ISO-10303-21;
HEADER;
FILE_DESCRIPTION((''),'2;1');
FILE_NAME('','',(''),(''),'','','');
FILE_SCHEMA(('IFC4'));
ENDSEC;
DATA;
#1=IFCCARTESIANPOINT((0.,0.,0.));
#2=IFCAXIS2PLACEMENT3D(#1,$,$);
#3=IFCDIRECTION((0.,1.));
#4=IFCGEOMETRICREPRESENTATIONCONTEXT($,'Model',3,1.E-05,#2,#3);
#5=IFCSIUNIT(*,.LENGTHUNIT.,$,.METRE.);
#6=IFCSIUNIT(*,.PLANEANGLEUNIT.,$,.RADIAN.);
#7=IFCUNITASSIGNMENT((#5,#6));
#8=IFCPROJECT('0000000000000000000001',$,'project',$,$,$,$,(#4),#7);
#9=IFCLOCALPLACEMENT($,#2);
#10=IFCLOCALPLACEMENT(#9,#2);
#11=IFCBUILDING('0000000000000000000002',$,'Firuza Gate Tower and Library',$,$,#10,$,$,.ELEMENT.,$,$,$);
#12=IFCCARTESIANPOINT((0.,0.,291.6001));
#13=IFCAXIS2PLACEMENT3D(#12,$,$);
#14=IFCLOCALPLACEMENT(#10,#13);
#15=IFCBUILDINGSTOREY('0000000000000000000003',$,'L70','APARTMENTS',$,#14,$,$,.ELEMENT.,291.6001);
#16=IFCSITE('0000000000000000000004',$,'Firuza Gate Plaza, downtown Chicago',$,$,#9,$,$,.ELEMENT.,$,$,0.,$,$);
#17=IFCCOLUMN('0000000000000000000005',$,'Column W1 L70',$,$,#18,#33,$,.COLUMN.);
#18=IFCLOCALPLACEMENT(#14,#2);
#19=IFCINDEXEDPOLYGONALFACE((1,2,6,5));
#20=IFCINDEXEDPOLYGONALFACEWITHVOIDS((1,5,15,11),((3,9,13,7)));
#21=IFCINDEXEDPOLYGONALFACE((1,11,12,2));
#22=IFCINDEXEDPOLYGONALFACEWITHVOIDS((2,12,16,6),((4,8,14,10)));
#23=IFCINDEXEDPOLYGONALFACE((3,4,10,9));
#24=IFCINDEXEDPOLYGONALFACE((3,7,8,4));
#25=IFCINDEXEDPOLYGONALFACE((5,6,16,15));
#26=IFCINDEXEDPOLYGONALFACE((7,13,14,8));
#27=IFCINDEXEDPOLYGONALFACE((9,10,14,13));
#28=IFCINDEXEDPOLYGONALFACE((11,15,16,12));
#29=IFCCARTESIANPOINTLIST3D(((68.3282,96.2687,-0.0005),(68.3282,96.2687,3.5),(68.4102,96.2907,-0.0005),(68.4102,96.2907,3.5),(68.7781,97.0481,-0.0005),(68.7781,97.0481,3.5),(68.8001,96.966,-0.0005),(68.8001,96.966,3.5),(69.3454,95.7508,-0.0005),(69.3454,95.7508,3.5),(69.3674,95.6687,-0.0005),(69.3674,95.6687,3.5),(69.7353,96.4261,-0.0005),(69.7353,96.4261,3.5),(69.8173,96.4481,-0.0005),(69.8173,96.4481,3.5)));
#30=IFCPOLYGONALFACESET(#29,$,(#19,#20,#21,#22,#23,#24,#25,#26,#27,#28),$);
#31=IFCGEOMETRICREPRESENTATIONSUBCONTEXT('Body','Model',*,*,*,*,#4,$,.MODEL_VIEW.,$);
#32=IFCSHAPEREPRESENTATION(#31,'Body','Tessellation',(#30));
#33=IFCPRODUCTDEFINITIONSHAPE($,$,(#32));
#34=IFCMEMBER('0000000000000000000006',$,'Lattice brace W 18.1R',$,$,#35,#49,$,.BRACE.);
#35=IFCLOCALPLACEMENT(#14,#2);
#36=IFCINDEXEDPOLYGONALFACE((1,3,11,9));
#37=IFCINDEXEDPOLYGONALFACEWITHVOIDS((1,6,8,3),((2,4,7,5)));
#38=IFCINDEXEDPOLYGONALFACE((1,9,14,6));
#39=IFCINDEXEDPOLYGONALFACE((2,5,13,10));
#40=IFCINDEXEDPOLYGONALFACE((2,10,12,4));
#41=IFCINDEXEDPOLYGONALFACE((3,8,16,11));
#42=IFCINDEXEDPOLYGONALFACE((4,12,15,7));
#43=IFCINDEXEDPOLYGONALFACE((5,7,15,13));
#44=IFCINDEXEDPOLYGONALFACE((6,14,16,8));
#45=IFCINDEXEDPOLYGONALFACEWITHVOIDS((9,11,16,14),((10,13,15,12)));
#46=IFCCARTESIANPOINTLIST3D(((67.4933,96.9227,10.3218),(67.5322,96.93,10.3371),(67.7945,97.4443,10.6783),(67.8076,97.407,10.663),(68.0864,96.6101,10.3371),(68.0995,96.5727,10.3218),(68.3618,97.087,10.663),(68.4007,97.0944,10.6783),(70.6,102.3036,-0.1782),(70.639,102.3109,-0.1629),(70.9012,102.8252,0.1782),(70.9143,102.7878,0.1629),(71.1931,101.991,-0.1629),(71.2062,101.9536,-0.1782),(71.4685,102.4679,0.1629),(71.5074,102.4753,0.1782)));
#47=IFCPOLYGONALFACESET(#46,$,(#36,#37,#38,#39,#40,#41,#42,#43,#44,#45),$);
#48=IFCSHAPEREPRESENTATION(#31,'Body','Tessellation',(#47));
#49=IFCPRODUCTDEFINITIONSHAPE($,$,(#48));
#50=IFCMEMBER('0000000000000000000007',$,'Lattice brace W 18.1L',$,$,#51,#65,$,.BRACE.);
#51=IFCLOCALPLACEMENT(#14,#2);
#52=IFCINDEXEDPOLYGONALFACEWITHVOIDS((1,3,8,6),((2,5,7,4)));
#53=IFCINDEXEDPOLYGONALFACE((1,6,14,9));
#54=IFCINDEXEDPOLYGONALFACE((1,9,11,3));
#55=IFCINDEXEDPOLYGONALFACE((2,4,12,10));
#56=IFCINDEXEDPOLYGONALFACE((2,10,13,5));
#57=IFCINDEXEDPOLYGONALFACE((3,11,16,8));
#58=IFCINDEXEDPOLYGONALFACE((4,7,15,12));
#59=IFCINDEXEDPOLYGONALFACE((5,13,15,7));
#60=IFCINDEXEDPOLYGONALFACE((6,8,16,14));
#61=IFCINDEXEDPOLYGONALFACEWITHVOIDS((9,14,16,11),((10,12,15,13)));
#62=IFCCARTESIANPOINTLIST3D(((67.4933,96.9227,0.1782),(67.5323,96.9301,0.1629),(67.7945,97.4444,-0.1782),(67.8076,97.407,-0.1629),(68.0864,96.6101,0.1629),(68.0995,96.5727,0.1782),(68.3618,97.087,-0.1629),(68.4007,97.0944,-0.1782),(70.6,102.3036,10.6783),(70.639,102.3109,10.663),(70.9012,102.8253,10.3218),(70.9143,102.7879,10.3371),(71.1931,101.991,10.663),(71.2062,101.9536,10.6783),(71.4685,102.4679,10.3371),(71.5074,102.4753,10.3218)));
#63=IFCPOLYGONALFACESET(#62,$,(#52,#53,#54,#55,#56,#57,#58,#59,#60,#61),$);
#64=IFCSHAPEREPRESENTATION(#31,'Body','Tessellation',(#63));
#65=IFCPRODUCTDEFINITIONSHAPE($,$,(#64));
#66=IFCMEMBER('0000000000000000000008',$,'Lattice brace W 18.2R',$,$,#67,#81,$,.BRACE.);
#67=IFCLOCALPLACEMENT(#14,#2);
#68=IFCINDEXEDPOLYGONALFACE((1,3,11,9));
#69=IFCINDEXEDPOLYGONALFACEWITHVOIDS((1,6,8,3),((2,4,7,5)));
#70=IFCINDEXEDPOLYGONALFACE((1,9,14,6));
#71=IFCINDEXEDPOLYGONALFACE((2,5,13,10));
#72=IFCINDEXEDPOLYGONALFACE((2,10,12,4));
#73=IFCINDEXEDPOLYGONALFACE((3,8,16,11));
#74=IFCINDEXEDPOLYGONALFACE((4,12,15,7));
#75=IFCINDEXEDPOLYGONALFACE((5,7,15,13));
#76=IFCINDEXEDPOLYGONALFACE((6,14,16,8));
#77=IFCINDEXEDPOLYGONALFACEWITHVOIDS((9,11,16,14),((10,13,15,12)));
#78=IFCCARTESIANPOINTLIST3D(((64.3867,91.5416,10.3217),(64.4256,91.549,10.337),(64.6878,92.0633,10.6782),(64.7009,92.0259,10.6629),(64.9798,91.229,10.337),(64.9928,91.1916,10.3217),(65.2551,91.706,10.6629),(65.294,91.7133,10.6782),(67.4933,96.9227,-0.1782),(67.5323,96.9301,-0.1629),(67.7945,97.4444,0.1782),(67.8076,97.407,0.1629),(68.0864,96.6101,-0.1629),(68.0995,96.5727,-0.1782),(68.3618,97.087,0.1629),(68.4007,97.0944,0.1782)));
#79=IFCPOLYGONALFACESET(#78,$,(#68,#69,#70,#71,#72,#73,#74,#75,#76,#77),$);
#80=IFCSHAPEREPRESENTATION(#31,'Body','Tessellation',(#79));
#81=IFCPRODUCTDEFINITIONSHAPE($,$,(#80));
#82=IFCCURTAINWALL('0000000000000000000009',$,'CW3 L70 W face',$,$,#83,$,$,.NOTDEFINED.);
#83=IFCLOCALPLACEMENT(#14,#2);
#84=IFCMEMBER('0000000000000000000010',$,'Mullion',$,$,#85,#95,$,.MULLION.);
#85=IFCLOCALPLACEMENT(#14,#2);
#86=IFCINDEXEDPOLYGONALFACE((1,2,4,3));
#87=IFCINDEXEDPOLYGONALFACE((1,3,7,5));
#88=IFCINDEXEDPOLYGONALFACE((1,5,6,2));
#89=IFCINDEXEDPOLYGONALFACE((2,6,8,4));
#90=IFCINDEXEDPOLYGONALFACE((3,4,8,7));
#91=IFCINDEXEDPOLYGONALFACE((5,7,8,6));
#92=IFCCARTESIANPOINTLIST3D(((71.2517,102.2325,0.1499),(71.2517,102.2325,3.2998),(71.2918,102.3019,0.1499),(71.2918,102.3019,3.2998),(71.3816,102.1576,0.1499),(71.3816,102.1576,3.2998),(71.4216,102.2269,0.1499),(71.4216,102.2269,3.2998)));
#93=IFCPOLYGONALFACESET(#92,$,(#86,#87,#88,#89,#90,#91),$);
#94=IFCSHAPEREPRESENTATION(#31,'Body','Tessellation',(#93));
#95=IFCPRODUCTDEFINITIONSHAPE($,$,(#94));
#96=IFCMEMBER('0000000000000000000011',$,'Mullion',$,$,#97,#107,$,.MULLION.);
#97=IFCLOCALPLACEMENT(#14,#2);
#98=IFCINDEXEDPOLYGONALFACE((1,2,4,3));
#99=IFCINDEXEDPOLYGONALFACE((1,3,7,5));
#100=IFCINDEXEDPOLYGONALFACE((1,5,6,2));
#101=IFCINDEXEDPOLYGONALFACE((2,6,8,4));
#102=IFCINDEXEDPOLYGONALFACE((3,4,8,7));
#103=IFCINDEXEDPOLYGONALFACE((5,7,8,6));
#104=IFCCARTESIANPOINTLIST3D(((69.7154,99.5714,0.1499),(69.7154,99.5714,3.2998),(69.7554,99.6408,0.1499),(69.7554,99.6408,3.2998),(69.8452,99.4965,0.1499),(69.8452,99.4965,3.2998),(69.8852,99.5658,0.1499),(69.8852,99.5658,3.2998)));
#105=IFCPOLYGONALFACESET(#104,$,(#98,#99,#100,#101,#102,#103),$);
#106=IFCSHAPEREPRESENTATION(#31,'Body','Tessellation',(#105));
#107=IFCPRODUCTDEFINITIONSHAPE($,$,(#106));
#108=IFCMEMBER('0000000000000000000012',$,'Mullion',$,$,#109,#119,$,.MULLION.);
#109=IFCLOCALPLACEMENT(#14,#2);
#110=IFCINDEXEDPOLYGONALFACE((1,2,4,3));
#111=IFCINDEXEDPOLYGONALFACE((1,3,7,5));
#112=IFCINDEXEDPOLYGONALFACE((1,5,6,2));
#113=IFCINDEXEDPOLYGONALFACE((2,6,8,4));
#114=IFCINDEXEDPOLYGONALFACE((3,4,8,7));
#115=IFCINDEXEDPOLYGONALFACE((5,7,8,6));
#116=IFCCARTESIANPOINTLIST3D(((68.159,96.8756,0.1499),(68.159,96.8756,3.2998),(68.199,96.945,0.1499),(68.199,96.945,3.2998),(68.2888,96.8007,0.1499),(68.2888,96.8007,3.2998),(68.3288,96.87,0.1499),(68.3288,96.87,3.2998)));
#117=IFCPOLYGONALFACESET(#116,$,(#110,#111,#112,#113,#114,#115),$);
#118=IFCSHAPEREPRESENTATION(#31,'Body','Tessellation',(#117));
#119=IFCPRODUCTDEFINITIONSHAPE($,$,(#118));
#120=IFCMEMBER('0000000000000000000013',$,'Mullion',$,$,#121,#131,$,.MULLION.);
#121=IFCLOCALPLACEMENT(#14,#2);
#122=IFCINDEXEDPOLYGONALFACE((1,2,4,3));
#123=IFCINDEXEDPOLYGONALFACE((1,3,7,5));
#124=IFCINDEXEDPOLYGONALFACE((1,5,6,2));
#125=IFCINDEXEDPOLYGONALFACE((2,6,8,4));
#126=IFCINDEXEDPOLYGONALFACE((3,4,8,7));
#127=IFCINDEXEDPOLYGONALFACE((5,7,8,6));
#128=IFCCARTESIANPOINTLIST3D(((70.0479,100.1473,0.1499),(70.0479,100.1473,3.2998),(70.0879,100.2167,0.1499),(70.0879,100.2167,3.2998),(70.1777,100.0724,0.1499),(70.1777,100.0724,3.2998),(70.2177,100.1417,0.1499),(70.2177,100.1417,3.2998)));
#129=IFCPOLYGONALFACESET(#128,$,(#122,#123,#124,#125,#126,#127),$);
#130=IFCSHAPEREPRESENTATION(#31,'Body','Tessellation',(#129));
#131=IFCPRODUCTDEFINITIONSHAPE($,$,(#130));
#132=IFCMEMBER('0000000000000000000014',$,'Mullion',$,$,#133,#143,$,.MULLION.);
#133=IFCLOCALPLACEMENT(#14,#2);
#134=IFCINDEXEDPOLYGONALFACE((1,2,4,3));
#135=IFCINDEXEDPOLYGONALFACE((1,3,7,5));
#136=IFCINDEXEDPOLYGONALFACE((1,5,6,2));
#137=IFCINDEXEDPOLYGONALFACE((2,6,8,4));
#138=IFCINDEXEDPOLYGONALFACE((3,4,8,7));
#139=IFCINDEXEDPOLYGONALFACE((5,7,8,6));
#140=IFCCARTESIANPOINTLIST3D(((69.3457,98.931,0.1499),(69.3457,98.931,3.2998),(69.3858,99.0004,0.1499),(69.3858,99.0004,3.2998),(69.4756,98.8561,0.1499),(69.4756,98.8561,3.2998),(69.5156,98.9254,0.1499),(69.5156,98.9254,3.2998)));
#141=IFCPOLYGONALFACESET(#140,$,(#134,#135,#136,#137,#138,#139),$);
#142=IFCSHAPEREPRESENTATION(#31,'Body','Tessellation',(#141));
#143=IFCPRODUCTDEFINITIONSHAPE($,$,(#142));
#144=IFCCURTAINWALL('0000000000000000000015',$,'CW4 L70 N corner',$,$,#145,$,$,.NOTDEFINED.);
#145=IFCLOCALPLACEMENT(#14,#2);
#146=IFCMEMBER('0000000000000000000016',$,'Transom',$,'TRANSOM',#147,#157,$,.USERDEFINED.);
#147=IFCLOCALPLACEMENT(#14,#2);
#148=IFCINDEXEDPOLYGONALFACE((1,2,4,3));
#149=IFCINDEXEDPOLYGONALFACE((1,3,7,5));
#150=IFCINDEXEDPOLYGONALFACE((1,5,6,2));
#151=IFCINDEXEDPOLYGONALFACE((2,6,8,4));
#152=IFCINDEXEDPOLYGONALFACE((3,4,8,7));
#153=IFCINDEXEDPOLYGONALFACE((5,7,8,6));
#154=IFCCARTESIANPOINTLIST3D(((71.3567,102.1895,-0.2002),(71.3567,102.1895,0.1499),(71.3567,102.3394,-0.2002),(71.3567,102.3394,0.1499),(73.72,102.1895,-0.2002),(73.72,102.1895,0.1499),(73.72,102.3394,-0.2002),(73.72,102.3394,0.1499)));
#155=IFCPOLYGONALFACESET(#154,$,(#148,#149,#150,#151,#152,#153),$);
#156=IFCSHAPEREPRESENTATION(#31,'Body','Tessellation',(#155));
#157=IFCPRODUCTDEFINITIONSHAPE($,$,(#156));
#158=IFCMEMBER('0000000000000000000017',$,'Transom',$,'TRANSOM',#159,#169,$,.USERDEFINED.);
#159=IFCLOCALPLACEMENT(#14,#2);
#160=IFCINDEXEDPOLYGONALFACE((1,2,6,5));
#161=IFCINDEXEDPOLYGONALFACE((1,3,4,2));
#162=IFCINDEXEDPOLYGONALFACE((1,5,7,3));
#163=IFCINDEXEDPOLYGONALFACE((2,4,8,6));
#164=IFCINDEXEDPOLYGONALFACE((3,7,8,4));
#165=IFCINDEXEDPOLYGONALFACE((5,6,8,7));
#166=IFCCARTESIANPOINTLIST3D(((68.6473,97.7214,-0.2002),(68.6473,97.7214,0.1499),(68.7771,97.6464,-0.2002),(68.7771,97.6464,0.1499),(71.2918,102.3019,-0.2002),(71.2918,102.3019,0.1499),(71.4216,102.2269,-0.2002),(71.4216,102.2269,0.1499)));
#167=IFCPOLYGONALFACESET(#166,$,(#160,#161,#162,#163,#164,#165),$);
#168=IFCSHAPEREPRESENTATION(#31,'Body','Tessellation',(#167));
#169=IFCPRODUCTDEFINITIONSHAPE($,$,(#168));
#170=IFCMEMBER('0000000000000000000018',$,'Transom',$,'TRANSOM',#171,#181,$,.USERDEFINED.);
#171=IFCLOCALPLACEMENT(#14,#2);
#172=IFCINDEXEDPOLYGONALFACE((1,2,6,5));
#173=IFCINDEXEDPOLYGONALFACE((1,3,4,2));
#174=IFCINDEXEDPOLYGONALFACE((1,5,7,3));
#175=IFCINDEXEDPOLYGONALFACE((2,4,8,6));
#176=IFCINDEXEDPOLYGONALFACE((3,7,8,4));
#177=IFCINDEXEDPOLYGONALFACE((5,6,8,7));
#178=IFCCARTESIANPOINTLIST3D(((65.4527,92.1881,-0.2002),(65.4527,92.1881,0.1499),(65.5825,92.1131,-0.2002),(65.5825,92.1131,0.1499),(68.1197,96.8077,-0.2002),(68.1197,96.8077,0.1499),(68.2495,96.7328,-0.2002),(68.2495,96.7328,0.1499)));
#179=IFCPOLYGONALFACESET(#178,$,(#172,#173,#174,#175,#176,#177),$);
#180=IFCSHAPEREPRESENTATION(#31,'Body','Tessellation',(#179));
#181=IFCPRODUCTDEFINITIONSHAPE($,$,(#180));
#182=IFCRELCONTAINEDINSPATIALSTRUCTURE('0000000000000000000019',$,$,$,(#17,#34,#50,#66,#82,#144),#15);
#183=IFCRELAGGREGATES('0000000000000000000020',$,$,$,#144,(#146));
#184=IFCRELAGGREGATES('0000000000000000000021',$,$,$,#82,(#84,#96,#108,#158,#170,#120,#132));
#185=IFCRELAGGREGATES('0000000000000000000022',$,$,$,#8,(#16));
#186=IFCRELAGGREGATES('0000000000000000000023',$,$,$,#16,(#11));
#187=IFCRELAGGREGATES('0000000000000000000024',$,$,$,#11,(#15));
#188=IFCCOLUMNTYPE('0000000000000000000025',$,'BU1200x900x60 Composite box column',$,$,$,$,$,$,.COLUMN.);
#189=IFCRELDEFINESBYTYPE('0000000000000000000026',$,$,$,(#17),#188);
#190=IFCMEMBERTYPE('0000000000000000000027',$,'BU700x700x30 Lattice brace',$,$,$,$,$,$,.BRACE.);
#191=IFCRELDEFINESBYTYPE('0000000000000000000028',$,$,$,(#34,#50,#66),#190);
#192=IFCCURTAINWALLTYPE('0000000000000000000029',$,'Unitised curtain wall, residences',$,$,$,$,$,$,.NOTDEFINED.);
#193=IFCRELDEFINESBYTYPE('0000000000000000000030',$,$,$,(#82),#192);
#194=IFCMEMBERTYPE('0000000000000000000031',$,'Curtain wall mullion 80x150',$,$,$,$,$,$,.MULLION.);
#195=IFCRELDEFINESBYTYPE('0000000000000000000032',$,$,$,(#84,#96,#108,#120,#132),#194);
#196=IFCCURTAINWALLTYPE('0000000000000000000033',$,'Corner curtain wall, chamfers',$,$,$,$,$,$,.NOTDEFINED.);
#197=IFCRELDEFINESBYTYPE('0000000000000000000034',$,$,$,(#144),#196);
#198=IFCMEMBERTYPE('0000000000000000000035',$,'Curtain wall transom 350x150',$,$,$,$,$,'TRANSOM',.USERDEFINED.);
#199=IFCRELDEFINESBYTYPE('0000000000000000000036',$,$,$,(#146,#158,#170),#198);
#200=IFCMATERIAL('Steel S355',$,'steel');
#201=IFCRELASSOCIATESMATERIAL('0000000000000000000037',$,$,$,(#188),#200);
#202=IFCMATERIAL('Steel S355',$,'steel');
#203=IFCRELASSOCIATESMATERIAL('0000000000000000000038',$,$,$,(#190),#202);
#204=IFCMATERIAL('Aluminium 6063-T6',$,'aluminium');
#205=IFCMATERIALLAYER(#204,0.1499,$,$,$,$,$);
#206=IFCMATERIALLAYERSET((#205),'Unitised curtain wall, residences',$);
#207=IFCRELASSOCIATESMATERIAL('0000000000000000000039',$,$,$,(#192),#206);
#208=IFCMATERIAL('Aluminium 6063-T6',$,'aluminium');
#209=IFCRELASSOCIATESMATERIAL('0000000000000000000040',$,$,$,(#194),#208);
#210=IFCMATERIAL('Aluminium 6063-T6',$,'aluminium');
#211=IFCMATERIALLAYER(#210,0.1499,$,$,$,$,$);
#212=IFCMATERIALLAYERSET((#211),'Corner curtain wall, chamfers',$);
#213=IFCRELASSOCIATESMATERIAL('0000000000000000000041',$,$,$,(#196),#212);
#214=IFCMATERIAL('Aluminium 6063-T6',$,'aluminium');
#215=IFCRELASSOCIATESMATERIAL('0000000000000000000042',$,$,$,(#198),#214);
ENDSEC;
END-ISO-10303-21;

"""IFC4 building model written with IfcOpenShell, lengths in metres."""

from ifc_helpers import new_model, si_unit, direction, frame, origin, origin_2d, place, context, subcontext, project, spatial, rectangle, hollow_rectangle, extrude, material, layer, layer_set, material_profile, profile_set, type_object, element, aggregate, save


model = new_model("IFC4")

# Units and contexts
model_context = context("Model", 3, precision=1e-05, world=origin(), true_north=direction((0.0, 1.0)))
body_context = subcontext(model_context, "Body", "Model", "MODEL_VIEW")
ifc_project = project(units=[si_unit("LENGTHUNIT", "METRE"), si_unit("PLANEANGLEUNIT", "RADIAN")], contexts=[model_context])

# Site, building, storey
site_placement = place(None, origin())
site = spatial("IfcSite", under=ifc_project, at=site_placement, Name="Firuza Gate Plaza, downtown Chicago", CompositionType="ELEMENT", RefElevation=0.0)
building_placement = place(site_placement, origin())
building = spatial("IfcBuilding", under=site, at=building_placement, Name="Firuza Gate Tower and Library", CompositionType="ELEMENT")
storey_placement = place(building_placement, frame((0.0, 0.0, 291.6001)))
storey = spatial("IfcBuildingStorey", under=building, at=storey_placement, Name="L70", Description="APARTMENTS", CompositionType="ELEMENT", Elevation=291.6001)

# Column
ifc_material_1 = material(Name="Steel S355", Category="steel")
ifc_material_profile_1 = material_profile(ifc_material_1, hollow_rectangle(XDim=0.8999, YDim=1.2, WallThickness=0.0601, at=origin_2d()))
ifc_profile_set_1 = profile_set([ifc_material_profile_1], Name="Steel S355")
column_type = type_object("IfcColumnType", Name="BU1200x900x60 Composite box column", PredefinedType="COLUMN", material=ifc_profile_set_1)
column_placement = place(storey_placement, frame((69.0728, 96.3584, -0.0005), z_axis=(0.0, 0.0, 1.0), x_axis=(-0.5, -0.866025, 0.0)))
element("IfcColumn", 1, at=column_placement, inside=storey, type_object=column_type, Name="Column W1 L70", PredefinedType="COLUMN", context=body_context, shape_type="SweptSolid", body=[
    extrude(hollow_rectangle(XDim=0.8999, YDim=1.2, WallThickness=0.0601, at=origin_2d()), origin(), (0.0, 0.0, 1.0), 3.5005),
])

# Members
ifc_material_2 = material(Name="Steel S355", Category="steel")
ifc_material_profile_2 = material_profile(ifc_material_2, hollow_rectangle(XDim=0.7, YDim=0.7, WallThickness=0.03, at=origin_2d()))
ifc_profile_set_2 = profile_set([ifc_material_profile_2], Name="Steel S355")
member_type_1 = type_object("IfcMemberType", Name="BU700x700x30 Lattice brace", PredefinedType="BRACE", material=ifc_profile_set_2)
for number, where, z_axis, x_axis, name in (
    (2, (71.0537, 102.3894, 0.0), (-0.254634, -0.441032, 0.860612), (0.866022, -0.500006, 0.0), "Lattice brace W 18.1R"),
    (3, (67.947, 97.0085, 0.0), (0.254634, 0.441032, 0.860612), (-0.866022, 0.500006, 0.0), "Lattice brace W 18.1L"),
    (4, (67.947, 97.0085, 0.0), (-0.254631, -0.441048, 0.860604), (0.866032, -0.499989, 0.0), "Lattice brace W 18.2R"),
):
    element("IfcMember", number, at=place(storey_placement, frame(where, z_axis=z_axis, x_axis=x_axis)), inside=storey, type_object=member_type_1, Name=name, PredefinedType="BRACE", context=body_context, shape_type="SweptSolid", body=[
        extrude(hollow_rectangle(XDim=0.7, YDim=0.7, WallThickness=0.03, at=origin_2d()), origin(), (0.0, 0.0, 1.0), 12.2007),
    ])

# Curtain wall, members
ifc_material_3 = material(Name="Aluminium 6063-T6", Category="aluminium")
ifc_layer_1 = layer(ifc_material_3, 0.1499)
ifc_layer_set_1 = layer_set([ifc_layer_1], Name="Unitised curtain wall, residences")
curtain_wall_type_1 = type_object("IfcCurtainWallType", Name="Unitised curtain wall, residences", PredefinedType="NOTDEFINED", material=ifc_layer_set_1)
placement = place(storey_placement, origin())
curtain_wall_1 = element("IfcCurtainWall", 5, at=placement, inside=storey, type_object=curtain_wall_type_1, Name="CW3 L70 W face", PredefinedType="NOTDEFINED")
ifc_material_4 = material(Name="Aluminium 6063-T6", Category="aluminium")
ifc_material_profile_3 = material_profile(ifc_material_4, rectangle(XDim=0.1499, YDim=0.0801, at=origin_2d()))
ifc_profile_set_3 = profile_set([ifc_material_profile_3], Name="Aluminium 6063-T6")
member_type_2 = type_object("IfcMemberType", Name="Curtain wall mullion 80x150", PredefinedType="MULLION", material=ifc_profile_set_3)
member_1_placement = place(storey_placement, frame((71.3367, 102.2297, 0.1499), z_axis=(0.0, 0.0, 1.0), x_axis=(0.866025, -0.5, 0.0)))
member_1 = element("IfcMember", 6, at=member_1_placement, type_object=member_type_2, Name="Mullion", PredefinedType="MULLION", context=body_context, shape_type="SweptSolid", body=[
    extrude(rectangle(XDim=0.1499, YDim=0.0801, at=origin_2d()), origin(), (0.0, 0.0, 1.0), 3.1499),
])
member_2_placement = place(storey_placement, frame((69.8003, 99.5686, 0.1499), z_axis=(0.0, 0.0, 1.0), x_axis=(0.866025, -0.5, 0.0)))
member_2 = element("IfcMember", 7, at=member_2_placement, type_object=member_type_2, Name="Mullion", PredefinedType="MULLION", context=body_context, shape_type="SweptSolid", body=[
    extrude(rectangle(XDim=0.1499, YDim=0.0801, at=origin_2d()), origin(), (0.0, 0.0, 1.0), 3.1499),
])
member_3_placement = place(storey_placement, frame((68.2439, 96.8728, 0.1499), z_axis=(0.0, 0.0, 1.0), x_axis=(0.866025, -0.5, 0.0)))
member_3 = element("IfcMember", 8, at=member_3_placement, type_object=member_type_2, Name="Mullion", PredefinedType="MULLION", context=body_context, shape_type="SweptSolid", body=[
    extrude(rectangle(XDim=0.1499, YDim=0.0801, at=origin_2d()), origin(), (0.0, 0.0, 1.0), 3.1499),
])
member_4_placement = place(storey_placement, frame((70.1328, 100.1445, 0.1499), z_axis=(0.0, 0.0, 1.0), x_axis=(0.866025, -0.5, 0.0)))
member_4 = element("IfcMember", 9, at=member_4_placement, type_object=member_type_2, Name="Mullion", PredefinedType="MULLION", context=body_context, shape_type="SweptSolid", body=[
    extrude(rectangle(XDim=0.1499, YDim=0.0801, at=origin_2d()), origin(), (0.0, 0.0, 1.0), 3.1499),
])
member_5_placement = place(storey_placement, frame((69.4307, 98.9282, 0.1499), z_axis=(0.0, 0.0, 1.0), x_axis=(0.866025, -0.5, 0.0)))
member_5 = element("IfcMember", 10, at=member_5_placement, type_object=member_type_2, Name="Mullion", PredefinedType="MULLION", context=body_context, shape_type="SweptSolid", body=[
    extrude(rectangle(XDim=0.1499, YDim=0.0801, at=origin_2d()), origin(), (0.0, 0.0, 1.0), 3.1499),
])

# Curtain wall, member
ifc_material_5 = material(Name="Aluminium 6063-T6", Category="aluminium")
ifc_layer_2 = layer(ifc_material_5, 0.1499)
ifc_layer_set_2 = layer_set([ifc_layer_2], Name="Corner curtain wall, chamfers")
curtain_wall_type_2 = type_object("IfcCurtainWallType", Name="Corner curtain wall, chamfers", PredefinedType="NOTDEFINED", material=ifc_layer_set_2)
curtain_wall_2 = element("IfcCurtainWall", 11, at=placement, inside=storey, type_object=curtain_wall_type_2, Name="CW4 L70 N corner", PredefinedType="NOTDEFINED")
ifc_material_6 = material(Name="Aluminium 6063-T6", Category="aluminium")
ifc_material_profile_4 = material_profile(ifc_material_6, rectangle(XDim=0.1499, YDim=0.3501, at=origin_2d()))
ifc_profile_set_4 = profile_set([ifc_material_profile_4], Name="Aluminium 6063-T6")
member_type_3 = type_object("IfcMemberType", Name="Curtain wall transom 350x150", ElementType="TRANSOM", PredefinedType="USERDEFINED", material=ifc_profile_set_4)
member_6_placement = place(storey_placement, frame((73.72, 102.2644, -0.0251), z_axis=(-1.0, 0.0, 0.0), x_axis=(0.0, -1.0, 0.0)))
member_6 = element("IfcMember", 12, at=member_6_placement, type_object=member_type_3, Name="Transom", ObjectType="TRANSOM", PredefinedType="USERDEFINED", context=body_context, shape_type="SweptSolid", body=[
    extrude(rectangle(XDim=0.1499, YDim=0.3501, at=origin_2d()), origin(), (0.0, 0.0, 1.0), 2.3633),
])
aggregate(curtain_wall_2, [member_6])

# Members
member_7_placement = place(storey_placement, frame((71.3567, 102.2644, -0.0251), z_axis=(-0.499991, -0.86603, 0.0), x_axis=(0.86603, -0.499991, 0.0)))
member_7 = element("IfcMember", 13, at=member_7_placement, type_object=member_type_3, Name="Transom", ObjectType="TRANSOM", PredefinedType="USERDEFINED", context=body_context, shape_type="SweptSolid", body=[
    extrude(rectangle(XDim=0.1499, YDim=0.3501, at=origin_2d()), origin(), (0.0, 0.0, 1.0), 5.2891),
])
member_8_placement = place(storey_placement, frame((68.1846, 96.7703, -0.0251), z_axis=(-0.499979, -0.866038, 0.0), x_axis=(0.866038, -0.499979, 0.0)))
member_8 = element("IfcMember", 14, at=member_8_placement, type_object=member_type_3, Name="Transom", ObjectType="TRANSOM", PredefinedType="USERDEFINED", context=body_context, shape_type="SweptSolid", body=[
    extrude(rectangle(XDim=0.1499, YDim=0.3501, at=origin_2d()), origin(), (0.0, 0.0, 1.0), 5.3342),
])

aggregate(curtain_wall_1, [member_1, member_2, member_3, member_7, member_8, member_4, member_5])

save(model, "model.ifc")
